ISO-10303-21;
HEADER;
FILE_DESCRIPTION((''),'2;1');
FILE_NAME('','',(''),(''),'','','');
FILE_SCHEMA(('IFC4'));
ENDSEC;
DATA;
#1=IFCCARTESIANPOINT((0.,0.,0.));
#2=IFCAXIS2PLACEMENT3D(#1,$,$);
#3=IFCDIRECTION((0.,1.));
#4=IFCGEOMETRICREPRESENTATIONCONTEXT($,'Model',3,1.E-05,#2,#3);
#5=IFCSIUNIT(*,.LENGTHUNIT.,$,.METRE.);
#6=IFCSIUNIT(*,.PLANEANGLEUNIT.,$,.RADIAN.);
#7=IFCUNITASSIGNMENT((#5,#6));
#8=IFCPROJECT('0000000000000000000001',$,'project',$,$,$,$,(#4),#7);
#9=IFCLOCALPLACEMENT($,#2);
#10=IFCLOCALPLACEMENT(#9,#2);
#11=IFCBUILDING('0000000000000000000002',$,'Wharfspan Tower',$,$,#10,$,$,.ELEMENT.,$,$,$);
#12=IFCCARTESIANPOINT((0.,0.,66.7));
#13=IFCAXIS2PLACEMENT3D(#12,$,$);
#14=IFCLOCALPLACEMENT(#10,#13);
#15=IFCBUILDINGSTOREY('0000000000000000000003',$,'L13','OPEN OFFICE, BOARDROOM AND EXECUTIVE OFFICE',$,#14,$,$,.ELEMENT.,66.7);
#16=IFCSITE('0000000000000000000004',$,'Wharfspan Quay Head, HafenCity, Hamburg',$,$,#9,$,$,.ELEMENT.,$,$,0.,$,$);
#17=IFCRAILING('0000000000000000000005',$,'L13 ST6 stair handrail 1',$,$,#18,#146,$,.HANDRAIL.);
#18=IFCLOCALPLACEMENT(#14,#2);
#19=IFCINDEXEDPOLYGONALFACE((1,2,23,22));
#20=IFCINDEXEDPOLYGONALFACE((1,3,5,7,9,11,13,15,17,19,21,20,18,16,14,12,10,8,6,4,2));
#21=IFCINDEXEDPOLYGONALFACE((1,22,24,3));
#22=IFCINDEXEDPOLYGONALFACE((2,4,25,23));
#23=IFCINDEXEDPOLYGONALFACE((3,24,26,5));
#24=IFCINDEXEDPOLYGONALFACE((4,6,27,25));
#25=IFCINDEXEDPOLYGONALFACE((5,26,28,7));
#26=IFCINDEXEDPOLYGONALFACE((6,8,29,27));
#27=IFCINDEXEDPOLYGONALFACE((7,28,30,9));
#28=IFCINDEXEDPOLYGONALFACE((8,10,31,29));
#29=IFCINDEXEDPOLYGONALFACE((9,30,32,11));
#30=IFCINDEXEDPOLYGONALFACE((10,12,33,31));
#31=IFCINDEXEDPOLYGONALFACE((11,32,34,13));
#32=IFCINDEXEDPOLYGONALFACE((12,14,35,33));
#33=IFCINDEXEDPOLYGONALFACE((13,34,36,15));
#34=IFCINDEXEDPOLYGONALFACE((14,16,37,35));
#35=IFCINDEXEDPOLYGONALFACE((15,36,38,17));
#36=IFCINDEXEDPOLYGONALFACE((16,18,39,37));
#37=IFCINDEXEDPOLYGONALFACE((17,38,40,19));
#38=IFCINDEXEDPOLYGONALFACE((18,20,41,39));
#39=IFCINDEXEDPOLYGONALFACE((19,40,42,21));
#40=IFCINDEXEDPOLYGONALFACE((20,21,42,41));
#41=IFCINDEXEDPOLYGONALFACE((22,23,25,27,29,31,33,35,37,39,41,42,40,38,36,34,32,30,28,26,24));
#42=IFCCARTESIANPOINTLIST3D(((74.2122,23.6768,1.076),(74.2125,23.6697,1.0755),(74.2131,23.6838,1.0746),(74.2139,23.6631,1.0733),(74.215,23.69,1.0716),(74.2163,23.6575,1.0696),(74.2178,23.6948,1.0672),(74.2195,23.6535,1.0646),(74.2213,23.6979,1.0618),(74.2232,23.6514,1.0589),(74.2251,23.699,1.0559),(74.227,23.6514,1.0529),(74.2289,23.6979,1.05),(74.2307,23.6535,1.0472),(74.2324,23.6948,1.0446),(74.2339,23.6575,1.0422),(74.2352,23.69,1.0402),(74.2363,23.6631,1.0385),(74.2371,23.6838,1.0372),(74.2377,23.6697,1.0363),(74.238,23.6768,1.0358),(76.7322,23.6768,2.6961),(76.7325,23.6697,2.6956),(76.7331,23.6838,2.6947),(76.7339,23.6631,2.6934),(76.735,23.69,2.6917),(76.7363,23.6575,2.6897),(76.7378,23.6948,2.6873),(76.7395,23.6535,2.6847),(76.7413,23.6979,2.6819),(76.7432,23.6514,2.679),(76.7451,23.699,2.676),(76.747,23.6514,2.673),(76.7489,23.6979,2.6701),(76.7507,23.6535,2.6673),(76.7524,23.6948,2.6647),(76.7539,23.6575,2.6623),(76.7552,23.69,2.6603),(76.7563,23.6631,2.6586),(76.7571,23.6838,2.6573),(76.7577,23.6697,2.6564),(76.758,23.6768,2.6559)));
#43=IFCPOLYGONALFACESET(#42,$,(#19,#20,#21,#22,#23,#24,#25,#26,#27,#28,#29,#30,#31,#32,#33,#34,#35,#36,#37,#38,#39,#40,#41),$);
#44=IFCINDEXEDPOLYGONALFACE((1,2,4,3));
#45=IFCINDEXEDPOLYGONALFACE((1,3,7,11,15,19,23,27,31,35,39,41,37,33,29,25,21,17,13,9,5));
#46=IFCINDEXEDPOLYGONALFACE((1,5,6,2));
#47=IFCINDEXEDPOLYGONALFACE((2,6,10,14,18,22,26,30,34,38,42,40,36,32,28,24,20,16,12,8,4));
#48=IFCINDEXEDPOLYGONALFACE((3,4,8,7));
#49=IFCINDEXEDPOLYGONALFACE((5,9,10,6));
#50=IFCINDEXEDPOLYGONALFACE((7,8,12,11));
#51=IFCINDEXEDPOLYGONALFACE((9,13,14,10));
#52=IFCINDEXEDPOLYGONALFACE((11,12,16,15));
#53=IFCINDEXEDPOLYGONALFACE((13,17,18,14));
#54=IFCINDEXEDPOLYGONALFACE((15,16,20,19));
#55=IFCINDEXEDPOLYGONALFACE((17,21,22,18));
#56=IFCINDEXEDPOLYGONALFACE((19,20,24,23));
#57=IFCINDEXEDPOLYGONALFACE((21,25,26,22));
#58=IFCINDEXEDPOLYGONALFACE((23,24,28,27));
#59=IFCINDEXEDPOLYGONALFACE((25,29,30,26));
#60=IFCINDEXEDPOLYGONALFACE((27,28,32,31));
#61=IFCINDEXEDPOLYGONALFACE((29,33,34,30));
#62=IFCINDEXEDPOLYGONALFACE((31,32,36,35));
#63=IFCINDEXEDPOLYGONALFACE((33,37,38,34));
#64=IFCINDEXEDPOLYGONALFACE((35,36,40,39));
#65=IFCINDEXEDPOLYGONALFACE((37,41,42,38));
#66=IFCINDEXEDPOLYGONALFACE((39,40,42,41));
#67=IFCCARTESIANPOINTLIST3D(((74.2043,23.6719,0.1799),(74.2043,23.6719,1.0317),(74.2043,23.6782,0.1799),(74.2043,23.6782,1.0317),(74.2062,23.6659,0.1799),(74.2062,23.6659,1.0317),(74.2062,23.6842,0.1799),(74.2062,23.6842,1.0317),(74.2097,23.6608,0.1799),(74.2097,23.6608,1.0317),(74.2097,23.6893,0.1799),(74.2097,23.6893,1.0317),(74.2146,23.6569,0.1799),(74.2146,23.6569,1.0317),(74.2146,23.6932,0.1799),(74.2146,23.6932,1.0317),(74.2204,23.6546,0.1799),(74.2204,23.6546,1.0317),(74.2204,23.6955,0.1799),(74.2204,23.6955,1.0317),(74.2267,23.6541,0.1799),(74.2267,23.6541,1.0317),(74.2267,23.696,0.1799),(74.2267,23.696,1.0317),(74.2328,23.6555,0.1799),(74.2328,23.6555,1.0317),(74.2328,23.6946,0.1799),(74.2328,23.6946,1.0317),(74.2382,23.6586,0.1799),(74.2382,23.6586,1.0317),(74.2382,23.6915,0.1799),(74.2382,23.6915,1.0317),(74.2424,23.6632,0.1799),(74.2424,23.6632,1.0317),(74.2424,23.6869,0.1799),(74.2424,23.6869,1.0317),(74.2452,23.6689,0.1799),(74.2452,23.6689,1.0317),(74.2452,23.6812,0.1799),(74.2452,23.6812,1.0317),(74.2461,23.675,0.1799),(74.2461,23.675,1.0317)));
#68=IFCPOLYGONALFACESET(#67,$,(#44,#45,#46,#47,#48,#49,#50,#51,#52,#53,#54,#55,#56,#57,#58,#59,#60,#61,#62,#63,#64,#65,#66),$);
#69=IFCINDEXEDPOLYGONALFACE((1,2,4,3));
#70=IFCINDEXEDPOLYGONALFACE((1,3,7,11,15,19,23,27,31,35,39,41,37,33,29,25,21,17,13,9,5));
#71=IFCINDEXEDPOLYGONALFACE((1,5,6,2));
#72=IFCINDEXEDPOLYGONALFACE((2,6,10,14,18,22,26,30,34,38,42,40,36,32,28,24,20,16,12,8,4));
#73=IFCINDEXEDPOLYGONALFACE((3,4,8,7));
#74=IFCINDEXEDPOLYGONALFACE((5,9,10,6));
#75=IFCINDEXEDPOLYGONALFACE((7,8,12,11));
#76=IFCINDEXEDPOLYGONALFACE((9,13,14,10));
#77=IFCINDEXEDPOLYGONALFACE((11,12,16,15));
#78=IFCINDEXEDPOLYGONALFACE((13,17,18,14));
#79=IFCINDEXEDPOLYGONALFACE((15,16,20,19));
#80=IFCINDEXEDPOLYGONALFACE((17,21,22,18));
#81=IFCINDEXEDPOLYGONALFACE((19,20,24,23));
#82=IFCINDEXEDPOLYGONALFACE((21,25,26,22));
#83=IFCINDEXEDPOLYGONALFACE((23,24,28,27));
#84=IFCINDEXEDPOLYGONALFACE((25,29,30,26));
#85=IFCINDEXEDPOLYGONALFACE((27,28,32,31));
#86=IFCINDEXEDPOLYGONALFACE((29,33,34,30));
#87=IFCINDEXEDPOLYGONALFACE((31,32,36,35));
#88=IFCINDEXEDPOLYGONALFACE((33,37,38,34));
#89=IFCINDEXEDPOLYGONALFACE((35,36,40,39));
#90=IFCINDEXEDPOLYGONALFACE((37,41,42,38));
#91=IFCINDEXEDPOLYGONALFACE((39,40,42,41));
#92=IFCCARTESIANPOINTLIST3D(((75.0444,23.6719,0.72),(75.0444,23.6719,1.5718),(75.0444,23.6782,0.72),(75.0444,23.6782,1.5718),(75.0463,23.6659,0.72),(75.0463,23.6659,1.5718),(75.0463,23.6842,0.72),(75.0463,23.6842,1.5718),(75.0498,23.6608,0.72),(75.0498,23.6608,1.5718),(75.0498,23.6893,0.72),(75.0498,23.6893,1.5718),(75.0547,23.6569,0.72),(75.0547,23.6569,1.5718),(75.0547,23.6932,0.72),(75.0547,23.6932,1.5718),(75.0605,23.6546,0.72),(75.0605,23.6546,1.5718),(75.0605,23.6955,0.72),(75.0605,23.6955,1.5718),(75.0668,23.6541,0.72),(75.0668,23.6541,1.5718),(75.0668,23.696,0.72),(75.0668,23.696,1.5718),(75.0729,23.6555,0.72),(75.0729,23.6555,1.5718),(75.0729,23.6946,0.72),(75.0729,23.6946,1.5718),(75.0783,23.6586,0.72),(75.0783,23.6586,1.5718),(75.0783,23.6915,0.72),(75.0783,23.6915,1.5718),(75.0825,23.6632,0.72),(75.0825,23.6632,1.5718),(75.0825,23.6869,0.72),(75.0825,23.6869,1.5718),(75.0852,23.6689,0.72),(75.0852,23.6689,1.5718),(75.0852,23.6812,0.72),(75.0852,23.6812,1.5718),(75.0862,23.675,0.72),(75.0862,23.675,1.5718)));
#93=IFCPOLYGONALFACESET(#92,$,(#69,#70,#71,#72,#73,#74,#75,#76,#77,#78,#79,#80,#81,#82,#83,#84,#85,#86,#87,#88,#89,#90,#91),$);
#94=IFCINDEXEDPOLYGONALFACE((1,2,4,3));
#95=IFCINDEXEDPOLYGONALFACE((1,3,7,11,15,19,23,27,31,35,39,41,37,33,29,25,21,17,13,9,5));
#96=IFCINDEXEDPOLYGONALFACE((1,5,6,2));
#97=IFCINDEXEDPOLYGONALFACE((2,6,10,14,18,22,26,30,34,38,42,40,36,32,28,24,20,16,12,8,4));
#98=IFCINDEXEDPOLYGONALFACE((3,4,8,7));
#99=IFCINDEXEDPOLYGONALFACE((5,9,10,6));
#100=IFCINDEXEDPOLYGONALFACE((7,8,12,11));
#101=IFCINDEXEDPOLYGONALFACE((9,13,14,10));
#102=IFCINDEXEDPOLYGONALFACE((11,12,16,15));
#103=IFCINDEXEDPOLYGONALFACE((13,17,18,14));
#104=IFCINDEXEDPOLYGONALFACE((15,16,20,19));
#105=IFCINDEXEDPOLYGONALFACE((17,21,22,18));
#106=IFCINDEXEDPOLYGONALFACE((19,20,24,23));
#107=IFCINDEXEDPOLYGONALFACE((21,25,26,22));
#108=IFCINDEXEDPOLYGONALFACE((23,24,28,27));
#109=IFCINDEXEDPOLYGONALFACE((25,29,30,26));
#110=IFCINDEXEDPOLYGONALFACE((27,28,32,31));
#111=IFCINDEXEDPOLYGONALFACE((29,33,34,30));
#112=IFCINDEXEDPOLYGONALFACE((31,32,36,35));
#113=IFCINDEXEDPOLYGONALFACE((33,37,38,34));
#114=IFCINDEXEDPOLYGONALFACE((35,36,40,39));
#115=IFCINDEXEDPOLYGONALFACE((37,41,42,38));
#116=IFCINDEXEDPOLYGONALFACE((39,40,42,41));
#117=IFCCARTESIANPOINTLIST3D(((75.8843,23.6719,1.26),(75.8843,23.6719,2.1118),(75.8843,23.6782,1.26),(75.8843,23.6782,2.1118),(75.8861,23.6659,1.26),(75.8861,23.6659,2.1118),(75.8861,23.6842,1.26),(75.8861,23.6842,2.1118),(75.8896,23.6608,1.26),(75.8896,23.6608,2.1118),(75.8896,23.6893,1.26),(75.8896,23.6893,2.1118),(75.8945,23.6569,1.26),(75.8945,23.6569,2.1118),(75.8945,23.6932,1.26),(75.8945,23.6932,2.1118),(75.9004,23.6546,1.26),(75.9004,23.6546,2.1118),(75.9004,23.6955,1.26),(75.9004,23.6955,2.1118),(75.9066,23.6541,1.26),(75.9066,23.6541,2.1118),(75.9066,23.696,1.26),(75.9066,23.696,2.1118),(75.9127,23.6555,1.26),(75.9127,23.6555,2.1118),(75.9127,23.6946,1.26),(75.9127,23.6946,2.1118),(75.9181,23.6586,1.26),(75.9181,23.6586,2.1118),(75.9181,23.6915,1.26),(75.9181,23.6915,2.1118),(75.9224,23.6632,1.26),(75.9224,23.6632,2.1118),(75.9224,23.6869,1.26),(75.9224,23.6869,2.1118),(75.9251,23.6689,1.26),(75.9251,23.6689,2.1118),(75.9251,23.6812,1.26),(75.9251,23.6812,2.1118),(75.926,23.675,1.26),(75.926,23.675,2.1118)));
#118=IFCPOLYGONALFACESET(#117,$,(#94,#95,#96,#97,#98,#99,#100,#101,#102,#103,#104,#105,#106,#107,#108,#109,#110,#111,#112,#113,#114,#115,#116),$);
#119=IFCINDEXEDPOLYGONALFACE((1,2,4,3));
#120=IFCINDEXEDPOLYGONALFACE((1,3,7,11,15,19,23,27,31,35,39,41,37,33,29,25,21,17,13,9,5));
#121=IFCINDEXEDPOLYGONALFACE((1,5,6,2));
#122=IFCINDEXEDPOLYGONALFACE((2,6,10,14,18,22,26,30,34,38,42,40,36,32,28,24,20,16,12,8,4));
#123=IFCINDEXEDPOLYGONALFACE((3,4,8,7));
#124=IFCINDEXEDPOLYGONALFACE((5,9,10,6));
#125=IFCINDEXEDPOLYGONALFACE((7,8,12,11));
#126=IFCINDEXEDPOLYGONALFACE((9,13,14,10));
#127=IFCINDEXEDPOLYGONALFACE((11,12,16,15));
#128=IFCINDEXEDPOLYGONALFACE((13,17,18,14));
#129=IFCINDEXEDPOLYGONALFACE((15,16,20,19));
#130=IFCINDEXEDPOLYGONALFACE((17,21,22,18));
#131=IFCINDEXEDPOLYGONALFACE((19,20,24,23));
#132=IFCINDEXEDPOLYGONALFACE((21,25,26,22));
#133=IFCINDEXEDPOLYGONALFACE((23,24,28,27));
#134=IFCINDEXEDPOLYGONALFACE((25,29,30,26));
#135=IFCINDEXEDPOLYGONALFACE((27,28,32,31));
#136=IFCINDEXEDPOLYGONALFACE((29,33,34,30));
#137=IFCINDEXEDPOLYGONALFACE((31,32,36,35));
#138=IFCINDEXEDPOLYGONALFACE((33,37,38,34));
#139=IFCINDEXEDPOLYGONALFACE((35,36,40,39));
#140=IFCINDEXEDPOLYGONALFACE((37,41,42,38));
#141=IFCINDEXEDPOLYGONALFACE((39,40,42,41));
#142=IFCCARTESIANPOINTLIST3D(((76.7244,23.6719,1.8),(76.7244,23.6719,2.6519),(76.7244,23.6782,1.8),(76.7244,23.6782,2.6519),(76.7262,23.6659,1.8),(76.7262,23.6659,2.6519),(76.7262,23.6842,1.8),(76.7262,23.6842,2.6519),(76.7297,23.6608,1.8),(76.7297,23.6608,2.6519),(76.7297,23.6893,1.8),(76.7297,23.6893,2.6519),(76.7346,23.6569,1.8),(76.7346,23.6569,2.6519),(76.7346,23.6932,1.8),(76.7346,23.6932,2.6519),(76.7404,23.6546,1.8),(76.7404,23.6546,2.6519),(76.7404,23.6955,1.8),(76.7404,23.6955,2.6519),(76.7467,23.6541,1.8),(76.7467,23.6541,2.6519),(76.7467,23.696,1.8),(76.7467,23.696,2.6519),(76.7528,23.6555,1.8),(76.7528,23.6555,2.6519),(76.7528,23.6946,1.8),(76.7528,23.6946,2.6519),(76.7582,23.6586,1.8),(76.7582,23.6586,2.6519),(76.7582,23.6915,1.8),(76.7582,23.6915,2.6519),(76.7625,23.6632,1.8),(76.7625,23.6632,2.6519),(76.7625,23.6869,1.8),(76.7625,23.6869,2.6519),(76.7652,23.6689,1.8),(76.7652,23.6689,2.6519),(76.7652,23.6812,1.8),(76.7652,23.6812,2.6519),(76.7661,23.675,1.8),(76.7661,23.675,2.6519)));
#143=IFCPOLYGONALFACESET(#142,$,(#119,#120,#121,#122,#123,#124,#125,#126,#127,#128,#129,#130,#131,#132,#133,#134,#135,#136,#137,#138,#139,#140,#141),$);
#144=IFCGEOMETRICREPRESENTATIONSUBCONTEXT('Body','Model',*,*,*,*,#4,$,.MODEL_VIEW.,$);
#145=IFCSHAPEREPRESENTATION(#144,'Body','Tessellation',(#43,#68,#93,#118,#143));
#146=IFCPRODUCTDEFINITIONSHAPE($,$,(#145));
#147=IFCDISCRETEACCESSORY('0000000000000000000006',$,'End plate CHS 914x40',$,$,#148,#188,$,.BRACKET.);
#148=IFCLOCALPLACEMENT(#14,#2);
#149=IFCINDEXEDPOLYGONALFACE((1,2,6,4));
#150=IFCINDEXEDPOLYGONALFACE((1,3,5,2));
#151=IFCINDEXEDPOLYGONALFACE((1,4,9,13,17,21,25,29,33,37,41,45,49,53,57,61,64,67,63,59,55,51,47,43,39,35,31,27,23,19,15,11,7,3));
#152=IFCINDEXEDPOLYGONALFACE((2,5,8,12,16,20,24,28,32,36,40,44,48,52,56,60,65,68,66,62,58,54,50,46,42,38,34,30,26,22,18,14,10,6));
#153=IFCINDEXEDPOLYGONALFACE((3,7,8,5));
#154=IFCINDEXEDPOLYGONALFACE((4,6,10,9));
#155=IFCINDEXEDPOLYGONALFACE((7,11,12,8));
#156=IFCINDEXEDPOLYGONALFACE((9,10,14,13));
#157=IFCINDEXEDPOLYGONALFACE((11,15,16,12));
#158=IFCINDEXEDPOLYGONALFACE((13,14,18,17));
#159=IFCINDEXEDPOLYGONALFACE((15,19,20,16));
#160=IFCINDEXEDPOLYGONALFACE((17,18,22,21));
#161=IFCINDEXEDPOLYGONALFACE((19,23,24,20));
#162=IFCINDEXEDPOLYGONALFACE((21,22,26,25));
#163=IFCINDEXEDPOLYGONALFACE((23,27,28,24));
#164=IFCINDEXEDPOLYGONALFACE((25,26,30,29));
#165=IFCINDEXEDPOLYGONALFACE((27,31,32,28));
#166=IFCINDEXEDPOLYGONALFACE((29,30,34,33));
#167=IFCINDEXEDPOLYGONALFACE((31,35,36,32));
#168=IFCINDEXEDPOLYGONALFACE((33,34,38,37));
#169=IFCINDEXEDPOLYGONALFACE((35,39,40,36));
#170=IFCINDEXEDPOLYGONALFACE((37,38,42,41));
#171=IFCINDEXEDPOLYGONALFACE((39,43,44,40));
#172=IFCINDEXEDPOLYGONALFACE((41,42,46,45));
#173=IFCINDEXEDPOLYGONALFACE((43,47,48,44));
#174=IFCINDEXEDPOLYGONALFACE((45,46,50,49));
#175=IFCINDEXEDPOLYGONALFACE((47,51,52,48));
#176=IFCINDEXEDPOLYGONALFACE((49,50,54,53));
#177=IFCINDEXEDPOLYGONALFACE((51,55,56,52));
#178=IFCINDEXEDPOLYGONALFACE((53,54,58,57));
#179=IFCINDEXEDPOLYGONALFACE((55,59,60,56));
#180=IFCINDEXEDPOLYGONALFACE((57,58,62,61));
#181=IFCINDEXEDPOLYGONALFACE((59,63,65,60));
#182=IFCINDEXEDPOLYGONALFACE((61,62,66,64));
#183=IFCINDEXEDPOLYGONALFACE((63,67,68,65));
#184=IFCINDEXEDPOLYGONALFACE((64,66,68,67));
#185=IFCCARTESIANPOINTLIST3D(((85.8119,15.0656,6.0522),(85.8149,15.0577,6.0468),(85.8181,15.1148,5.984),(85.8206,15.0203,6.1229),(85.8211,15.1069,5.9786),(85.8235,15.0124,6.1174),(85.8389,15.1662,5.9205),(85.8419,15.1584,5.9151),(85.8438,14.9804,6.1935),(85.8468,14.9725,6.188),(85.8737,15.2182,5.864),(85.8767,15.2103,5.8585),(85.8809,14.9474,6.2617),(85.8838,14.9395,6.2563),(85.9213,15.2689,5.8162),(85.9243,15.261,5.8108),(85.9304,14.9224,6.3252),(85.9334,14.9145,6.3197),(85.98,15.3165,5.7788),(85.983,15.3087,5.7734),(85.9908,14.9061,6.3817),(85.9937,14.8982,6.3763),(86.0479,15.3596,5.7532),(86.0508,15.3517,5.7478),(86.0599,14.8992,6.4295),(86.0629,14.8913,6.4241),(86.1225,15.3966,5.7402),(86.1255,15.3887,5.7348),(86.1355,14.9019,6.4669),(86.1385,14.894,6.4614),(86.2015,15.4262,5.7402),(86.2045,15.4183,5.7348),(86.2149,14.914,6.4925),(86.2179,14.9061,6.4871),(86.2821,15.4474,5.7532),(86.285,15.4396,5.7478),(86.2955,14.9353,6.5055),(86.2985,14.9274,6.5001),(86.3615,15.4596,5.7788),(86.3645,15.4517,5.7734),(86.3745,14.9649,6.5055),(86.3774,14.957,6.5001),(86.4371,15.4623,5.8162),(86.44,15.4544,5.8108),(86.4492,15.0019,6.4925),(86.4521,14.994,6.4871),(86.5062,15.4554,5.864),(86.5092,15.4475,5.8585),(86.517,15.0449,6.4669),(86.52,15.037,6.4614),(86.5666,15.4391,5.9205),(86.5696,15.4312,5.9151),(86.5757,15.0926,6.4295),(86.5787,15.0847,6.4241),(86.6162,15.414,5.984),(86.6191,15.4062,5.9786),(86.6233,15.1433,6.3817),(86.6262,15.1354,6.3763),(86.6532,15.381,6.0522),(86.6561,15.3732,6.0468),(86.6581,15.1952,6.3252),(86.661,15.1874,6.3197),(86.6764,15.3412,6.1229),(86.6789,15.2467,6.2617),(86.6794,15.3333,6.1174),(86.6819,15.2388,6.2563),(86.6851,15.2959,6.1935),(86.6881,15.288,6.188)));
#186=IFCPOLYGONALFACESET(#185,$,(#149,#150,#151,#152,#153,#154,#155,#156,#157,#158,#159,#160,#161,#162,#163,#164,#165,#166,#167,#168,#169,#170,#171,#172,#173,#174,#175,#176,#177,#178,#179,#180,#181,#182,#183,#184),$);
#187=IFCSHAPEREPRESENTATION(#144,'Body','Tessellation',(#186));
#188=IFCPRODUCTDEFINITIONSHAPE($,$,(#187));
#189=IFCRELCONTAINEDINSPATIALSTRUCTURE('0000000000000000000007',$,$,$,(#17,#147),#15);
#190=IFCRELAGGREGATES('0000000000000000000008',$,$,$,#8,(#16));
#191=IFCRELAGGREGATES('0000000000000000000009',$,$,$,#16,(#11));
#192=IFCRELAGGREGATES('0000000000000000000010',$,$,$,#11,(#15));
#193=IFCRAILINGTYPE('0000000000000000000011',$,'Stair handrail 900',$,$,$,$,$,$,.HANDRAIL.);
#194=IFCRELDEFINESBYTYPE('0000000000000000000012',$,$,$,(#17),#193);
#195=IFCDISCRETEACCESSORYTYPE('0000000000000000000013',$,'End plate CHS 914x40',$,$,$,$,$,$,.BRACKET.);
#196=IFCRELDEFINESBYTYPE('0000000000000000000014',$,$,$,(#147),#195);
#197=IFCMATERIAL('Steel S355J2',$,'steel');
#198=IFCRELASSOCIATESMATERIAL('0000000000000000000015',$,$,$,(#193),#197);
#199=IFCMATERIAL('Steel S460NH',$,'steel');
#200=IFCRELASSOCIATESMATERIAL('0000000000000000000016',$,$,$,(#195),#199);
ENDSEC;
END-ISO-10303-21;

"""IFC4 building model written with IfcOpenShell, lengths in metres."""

from ifc_helpers import new_model, si_unit, direction, frame, origin, origin_2d, place, context, subcontext, project, spatial, circle, extrude, material, material_profile, profile_set, type_object, element, save


model = new_model("IFC4")

# Units and contexts
model_context = context("Model", 3, precision=1e-05, world=origin(), true_north=direction((0.0, 1.0)))
body_context = subcontext(model_context, "Body", "Model", "MODEL_VIEW")
ifc_project = project(units=[si_unit("LENGTHUNIT", "METRE"), si_unit("PLANEANGLEUNIT", "RADIAN")], contexts=[model_context])

# Site, building, storey
site_placement = place(None, origin())
site = spatial("IfcSite", under=ifc_project, at=site_placement, Name="Wharfspan Quay Head, HafenCity, Hamburg", CompositionType="ELEMENT", RefElevation=0.0)
building_placement = place(site_placement, origin())
building = spatial("IfcBuilding", under=site, at=building_placement, Name="Wharfspan Tower", CompositionType="ELEMENT")
storey_placement = place(building_placement, frame((0.0, 0.0, 66.7)))
storey = spatial("IfcBuildingStorey", under=building, at=storey_placement, Name="L13", Description="OPEN OFFICE, BOARDROOM AND EXECUTIVE OFFICE", CompositionType="ELEMENT", Elevation=66.7)

# Shared definitions
ifc_material_1 = material(Name="Steel S355J2", Category="steel")

# Shared definitions
ifc_material_2 = material(Name="Steel S460NH", Category="steel")

# Railing
railing_type_1 = type_object("IfcRailingType", Name="Stair handrail 900", PredefinedType="HANDRAIL", material=ifc_material_1)
railing_1_placement = place(storey_placement, frame((74.2251, 23.675, 0.1799)))
element("IfcRailing", 1, at=railing_1_placement, inside=storey, type_object=railing_type_1, Name="L13 ST6 stair handrail 1", PredefinedType="HANDRAIL", context=body_context, shape_type="SweptSolid", body=[
    extrude(circle(Radius=0.0239, at=origin_2d()), frame((0.0, 0.0, 0.876), z_axis=(0.841163, 0.0, 0.540782), x_axis=(0.0, 1.0, 0.0)), (0.0, 0.0, 1.0), 2.9958),
    extrude(circle(Radius=0.021, at=origin_2d()), origin(), (0.0, 0.0, 1.0), 0.8518),
    extrude(circle(Radius=0.021, at=origin_2d()), frame((0.8401, 0.0, 0.54)), (0.0, 0.0, 1.0), 0.8518),
    extrude(circle(Radius=0.021, at=origin_2d()), frame((1.6799, 0.0, 1.0801)), (0.0, 0.0, 1.0), 0.8518),
    extrude(circle(Radius=0.021, at=origin_2d()), frame((2.52, 0.0, 1.6201)), (0.0, 0.0, 1.0), 0.8518),
])

# Discrete accessory
ifc_material_profile_1 = material_profile(ifc_material_2, circle(Radius=0.457, at=origin_2d()))
ifc_profile_set_1 = profile_set([ifc_material_profile_1], Name="Steel S460NH")
discrete_accessory_type = type_object("IfcDiscreteAccessoryType", Name="End plate CHS 914x40", PredefinedType="BRACKET", material=ifc_profile_set_1)
for number, where, z_axis, x_axis, name in (
    (2, (86.2515, 15.1729, 6.1174), (-0.295241, 0.787309, 0.541275), (-0.936333, -0.351125, 0.0), "End plate CHS 914x40"),
):
    element("IfcDiscreteAccessory", number, at=place(storey_placement, frame(where, z_axis=z_axis, x_axis=x_axis)), inside=storey, type_object=discrete_accessory_type, Name=name, PredefinedType="BRACKET", context=body_context, shape_type="SweptSolid", body=[
        extrude(circle(Radius=0.457, at=origin_2d()), origin(), (0.0, 0.0, 1.0), 0.01),
    ])

save(model, "model.ifc")
